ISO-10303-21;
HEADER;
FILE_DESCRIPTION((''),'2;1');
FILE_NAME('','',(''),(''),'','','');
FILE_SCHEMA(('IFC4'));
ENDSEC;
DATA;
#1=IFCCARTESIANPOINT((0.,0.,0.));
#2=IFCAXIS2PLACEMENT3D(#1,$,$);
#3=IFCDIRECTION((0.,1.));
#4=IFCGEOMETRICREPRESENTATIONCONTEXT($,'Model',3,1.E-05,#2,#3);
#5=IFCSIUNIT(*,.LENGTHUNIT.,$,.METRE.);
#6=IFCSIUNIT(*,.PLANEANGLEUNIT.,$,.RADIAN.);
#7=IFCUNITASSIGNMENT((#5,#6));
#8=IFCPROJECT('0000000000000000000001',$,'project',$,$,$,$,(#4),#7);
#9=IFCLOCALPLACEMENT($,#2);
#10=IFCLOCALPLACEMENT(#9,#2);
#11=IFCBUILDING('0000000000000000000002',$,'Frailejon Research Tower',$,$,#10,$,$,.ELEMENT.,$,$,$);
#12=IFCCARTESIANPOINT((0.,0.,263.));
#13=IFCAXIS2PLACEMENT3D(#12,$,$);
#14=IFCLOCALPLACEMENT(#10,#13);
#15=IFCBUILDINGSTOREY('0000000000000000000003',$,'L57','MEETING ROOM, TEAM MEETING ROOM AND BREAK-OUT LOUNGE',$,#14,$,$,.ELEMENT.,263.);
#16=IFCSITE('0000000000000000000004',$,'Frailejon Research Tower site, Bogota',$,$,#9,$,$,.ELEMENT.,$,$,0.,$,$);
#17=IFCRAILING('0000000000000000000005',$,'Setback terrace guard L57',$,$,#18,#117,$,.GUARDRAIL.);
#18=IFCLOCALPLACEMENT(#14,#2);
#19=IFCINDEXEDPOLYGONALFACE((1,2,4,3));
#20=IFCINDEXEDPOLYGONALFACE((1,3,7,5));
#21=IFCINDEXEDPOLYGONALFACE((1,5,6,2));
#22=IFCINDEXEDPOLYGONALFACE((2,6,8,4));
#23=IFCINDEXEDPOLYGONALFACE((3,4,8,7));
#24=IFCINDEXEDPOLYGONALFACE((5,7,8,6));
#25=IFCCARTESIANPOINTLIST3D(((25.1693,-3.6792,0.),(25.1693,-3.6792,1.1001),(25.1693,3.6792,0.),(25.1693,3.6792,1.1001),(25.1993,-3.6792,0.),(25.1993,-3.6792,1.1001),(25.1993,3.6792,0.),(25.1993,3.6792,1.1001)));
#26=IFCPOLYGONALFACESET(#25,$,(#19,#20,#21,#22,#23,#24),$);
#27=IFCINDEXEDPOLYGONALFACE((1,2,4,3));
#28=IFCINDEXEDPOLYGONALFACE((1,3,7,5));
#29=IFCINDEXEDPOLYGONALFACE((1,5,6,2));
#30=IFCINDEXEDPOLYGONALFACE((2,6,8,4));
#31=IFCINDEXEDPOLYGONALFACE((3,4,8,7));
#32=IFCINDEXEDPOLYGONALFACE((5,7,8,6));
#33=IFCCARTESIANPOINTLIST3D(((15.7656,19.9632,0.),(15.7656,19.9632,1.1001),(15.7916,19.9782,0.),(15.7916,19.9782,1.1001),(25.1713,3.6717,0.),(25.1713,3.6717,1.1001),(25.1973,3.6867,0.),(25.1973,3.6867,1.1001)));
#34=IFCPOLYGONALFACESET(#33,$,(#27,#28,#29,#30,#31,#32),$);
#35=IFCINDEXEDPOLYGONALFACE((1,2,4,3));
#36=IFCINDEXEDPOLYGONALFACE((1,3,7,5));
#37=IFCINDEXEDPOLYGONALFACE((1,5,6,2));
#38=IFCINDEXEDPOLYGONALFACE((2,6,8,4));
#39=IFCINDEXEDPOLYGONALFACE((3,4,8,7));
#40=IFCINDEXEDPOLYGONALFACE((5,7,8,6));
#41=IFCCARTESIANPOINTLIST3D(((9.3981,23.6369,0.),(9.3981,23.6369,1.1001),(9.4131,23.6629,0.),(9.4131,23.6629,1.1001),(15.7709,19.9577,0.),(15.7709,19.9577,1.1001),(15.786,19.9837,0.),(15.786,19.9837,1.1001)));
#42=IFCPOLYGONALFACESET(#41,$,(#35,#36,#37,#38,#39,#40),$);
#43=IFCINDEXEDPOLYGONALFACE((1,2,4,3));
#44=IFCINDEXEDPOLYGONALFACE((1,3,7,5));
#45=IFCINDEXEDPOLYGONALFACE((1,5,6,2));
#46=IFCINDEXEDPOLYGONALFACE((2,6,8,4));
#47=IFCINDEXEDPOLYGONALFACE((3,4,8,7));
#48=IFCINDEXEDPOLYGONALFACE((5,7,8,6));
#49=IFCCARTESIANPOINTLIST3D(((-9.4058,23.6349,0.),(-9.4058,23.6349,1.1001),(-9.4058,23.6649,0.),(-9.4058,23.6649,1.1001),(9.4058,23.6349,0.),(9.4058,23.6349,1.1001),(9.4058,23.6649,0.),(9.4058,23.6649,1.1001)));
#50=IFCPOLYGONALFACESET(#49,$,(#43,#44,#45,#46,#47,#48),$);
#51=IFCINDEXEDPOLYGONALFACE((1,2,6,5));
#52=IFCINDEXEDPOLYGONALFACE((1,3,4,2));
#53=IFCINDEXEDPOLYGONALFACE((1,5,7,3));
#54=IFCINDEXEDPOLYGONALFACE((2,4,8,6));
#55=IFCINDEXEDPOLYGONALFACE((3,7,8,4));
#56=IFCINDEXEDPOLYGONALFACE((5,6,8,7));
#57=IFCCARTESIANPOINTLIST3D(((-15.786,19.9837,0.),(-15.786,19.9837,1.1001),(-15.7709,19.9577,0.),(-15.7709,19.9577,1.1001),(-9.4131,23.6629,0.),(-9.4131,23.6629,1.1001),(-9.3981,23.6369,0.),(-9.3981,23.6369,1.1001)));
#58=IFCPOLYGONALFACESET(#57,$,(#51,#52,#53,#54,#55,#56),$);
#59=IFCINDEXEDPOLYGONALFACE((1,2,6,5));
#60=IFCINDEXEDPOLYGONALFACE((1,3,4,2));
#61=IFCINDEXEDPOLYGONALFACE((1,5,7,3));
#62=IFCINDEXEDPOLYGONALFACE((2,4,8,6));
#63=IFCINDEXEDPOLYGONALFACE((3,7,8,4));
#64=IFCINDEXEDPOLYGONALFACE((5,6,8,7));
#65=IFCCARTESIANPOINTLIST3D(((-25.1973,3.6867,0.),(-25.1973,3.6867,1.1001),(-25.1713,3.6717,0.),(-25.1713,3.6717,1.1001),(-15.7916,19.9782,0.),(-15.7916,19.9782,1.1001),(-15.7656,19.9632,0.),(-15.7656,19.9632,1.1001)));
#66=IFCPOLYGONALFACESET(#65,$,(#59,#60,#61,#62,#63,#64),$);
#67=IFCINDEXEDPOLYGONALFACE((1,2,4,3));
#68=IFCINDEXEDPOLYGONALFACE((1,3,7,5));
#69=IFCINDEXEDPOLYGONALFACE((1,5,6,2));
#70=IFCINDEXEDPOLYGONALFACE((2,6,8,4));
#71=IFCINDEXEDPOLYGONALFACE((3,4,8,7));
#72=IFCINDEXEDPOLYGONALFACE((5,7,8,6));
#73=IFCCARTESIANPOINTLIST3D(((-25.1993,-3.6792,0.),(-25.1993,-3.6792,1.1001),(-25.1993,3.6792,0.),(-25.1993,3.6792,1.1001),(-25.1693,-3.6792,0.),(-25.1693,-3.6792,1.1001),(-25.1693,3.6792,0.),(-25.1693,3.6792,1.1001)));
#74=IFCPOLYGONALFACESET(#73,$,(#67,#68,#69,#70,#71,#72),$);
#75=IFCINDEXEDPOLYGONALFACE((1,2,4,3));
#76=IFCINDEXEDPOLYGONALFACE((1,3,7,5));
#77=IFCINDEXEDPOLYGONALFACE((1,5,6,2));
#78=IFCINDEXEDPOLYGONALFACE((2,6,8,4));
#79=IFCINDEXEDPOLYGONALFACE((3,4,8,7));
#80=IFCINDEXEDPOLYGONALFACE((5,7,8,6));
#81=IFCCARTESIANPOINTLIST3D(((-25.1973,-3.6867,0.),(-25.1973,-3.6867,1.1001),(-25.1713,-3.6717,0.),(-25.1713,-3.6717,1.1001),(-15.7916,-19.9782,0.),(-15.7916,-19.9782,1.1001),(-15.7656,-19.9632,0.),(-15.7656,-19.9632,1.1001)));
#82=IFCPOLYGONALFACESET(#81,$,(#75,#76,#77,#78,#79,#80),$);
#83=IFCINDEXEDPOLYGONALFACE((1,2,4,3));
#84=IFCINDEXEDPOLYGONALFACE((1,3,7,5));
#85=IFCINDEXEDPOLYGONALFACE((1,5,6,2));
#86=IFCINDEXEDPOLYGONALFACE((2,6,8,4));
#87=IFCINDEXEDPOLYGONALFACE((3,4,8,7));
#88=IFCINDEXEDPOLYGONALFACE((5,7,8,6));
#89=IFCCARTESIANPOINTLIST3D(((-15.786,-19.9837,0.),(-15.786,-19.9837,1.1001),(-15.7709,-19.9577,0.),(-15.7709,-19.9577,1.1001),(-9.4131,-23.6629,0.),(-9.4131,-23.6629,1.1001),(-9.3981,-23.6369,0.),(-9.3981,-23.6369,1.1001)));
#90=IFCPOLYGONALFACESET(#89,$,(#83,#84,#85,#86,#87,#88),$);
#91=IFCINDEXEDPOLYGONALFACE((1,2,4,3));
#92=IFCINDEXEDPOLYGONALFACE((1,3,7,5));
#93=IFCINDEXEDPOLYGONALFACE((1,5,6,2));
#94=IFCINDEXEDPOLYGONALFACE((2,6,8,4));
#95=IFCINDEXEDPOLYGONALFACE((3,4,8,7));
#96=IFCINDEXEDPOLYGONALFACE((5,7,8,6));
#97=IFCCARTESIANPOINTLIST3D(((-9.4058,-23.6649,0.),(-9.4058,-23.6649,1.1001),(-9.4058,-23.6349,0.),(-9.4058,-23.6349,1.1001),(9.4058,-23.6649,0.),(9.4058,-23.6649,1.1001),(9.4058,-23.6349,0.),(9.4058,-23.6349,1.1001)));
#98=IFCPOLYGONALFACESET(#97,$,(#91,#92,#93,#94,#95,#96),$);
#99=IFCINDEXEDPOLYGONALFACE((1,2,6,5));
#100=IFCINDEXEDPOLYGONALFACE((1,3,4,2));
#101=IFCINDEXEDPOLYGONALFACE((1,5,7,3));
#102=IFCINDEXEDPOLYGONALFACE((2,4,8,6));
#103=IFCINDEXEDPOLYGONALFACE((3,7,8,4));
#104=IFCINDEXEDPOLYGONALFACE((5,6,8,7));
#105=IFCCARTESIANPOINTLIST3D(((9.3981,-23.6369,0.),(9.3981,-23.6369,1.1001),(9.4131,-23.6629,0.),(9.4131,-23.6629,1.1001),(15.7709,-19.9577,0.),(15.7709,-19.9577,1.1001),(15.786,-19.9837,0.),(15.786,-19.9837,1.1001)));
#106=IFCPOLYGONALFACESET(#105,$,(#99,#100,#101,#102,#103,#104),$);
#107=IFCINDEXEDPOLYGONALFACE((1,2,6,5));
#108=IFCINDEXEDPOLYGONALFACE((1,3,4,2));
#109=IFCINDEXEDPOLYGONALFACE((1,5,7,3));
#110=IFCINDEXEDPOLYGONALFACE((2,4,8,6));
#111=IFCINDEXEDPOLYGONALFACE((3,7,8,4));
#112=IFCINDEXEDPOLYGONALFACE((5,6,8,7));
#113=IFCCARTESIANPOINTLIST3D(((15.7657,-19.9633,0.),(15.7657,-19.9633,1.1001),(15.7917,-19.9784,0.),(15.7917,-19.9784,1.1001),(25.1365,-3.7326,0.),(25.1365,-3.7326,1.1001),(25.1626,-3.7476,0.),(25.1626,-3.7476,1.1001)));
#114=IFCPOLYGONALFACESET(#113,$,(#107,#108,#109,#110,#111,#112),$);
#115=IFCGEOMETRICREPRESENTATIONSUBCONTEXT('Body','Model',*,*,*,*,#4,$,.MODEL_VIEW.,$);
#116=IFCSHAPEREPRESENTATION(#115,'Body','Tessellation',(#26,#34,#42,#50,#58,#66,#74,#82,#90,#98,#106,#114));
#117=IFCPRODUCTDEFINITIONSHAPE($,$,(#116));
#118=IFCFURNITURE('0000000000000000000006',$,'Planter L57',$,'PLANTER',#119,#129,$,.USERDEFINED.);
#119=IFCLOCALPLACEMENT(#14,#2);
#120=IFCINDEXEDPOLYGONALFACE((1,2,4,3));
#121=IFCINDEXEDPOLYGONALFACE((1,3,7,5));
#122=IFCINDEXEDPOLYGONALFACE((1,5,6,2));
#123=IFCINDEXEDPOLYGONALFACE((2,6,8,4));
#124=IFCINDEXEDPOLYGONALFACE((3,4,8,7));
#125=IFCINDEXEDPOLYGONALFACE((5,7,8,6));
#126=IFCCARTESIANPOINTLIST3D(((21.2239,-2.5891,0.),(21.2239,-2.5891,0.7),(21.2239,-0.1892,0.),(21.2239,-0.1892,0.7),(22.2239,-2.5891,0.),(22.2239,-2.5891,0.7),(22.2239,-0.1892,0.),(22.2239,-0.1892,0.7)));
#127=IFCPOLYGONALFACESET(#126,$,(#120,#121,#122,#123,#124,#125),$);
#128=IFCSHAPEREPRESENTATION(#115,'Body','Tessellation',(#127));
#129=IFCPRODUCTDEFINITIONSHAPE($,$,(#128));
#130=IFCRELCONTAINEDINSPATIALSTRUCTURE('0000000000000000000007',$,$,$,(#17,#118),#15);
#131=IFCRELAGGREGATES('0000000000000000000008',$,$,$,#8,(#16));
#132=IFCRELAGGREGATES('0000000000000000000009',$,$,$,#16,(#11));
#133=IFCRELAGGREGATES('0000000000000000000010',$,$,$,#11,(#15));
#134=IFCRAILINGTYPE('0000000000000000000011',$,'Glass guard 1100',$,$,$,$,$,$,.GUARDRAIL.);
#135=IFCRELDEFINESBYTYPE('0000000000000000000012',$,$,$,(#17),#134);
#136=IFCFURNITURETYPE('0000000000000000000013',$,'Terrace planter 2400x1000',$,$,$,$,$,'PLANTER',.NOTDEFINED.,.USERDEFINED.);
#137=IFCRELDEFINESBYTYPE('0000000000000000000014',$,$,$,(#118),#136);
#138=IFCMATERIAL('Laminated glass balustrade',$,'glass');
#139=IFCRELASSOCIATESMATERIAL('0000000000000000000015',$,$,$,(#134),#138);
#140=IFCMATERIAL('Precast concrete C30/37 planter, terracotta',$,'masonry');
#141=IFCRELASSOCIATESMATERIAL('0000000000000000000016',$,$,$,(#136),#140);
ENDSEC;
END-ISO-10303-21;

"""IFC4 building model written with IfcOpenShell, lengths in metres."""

from ifc_helpers import new_model, si_unit, direction, frame, origin, origin_2d, place, context, subcontext, project, spatial, rectangle, extrude, material, type_object, element, save


model = new_model("IFC4")

# Units and contexts
model_context = context("Model", 3, precision=1e-05, world=origin(), true_north=direction((0.0, 1.0)))
body_context = subcontext(model_context, "Body", "Model", "MODEL_VIEW")
ifc_project = project(units=[si_unit("LENGTHUNIT", "METRE"), si_unit("PLANEANGLEUNIT", "RADIAN")], contexts=[model_context])

# Site, building, storey
site_placement = place(None, origin())
site = spatial("IfcSite", under=ifc_project, at=site_placement, Name="Frailejon Research Tower site, Bogota", CompositionType="ELEMENT", RefElevation=0.0)
building_placement = place(site_placement, origin())
building = spatial("IfcBuilding", under=site, at=building_placement, Name="Frailejon Research Tower", CompositionType="ELEMENT")
storey_placement = place(building_placement, frame((0.0, 0.0, 263.0)))
storey = spatial("IfcBuildingStorey", under=building, at=storey_placement, Name="L57", Description="MEETING ROOM, TEAM MEETING ROOM AND BREAK-OUT LOUNGE", CompositionType="ELEMENT", Elevation=263.0)

# Railing
ifc_material_1 = material(Name="Laminated glass balustrade", Category="glass")
railing_type = type_object("IfcRailingType", Name="Glass guard 1100", PredefinedType="GUARDRAIL", material=ifc_material_1)
railing_placement = place(storey_placement, frame((25.1843, -3.6792, 0.0)))
element("IfcRailing", 1, at=railing_placement, inside=storey, type_object=railing_type, Name="Setback terrace guard L57", PredefinedType="GUARDRAIL", context=body_context, shape_type="SweptSolid", body=[
    extrude(rectangle(XDim=7.3584, YDim=0.03, at=origin_2d()), frame((0.0, 3.6792, 0.0), z_axis=(0.0, 0.0, 1.0), x_axis=(0.0, 1.0, 0.0)), (0.0, 0.0, 1.0), 1.1001),
    extrude(rectangle(XDim=18.8118, YDim=0.03, at=origin_2d()), frame((-4.7029, 15.5042, 0.0), z_axis=(0.0, 0.0, 1.0), x_axis=(-0.499994, 0.866029, 0.0)), (0.0, 0.0, 1.0), 1.1001),
    extrude(rectangle(XDim=7.3586, YDim=0.03, at=origin_2d()), frame((-12.5923, 25.4895, 0.0), z_axis=(0.0, 0.0, 1.0), x_axis=(-0.866034, 0.499986, 0.0)), (0.0, 0.0, 1.0), 1.1001),
    extrude(rectangle(XDim=18.8115, YDim=0.03, at=origin_2d()), frame((-25.1843, 27.3291, 0.0), z_axis=(0.0, 0.0, 1.0), x_axis=(-1.0, 0.0, 0.0)), (0.0, 0.0, 1.0), 1.1001),
    extrude(rectangle(XDim=7.3586, YDim=0.03, at=origin_2d()), frame((-37.7764, 25.4895, 0.0), z_axis=(0.0, 0.0, 1.0), x_axis=(-0.866034, -0.499986, 0.0)), (0.0, 0.0, 1.0), 1.1001),
    extrude(rectangle(XDim=18.8118, YDim=0.03, at=origin_2d()), frame((-45.6658, 15.5042, 0.0), z_axis=(0.0, 0.0, 1.0), x_axis=(-0.499994, -0.866029, 0.0)), (0.0, 0.0, 1.0), 1.1001),
    extrude(rectangle(XDim=7.3584, YDim=0.03, at=origin_2d()), frame((-50.3687, 3.6792, 0.0), z_axis=(0.0, 0.0, 1.0), x_axis=(0.0, -1.0, 0.0)), (0.0, 0.0, 1.0), 1.1001),
    extrude(rectangle(XDim=18.8118, YDim=0.03, at=origin_2d()), frame((-45.6658, -8.1458, 0.0), z_axis=(0.0, 0.0, 1.0), x_axis=(0.499994, -0.866029, 0.0)), (0.0, 0.0, 1.0), 1.1001),
    extrude(rectangle(XDim=7.3586, YDim=0.03, at=origin_2d()), frame((-37.7764, -18.1311, 0.0), z_axis=(0.0, 0.0, 1.0), x_axis=(0.866034, -0.499986, 0.0)), (0.0, 0.0, 1.0), 1.1001),
    extrude(rectangle(XDim=18.8115, YDim=0.03, at=origin_2d()), frame((-25.1843, -19.9707, 0.0), z_axis=(0.0, 0.0, 1.0), x_axis=(1.0, 0.0, 0.0)), (0.0, 0.0, 1.0), 1.1001),
    extrude(rectangle(XDim=7.3586, YDim=0.03, at=origin_2d()), frame((-12.5923, -18.1311, 0.0), z_axis=(0.0, 0.0, 1.0), x_axis=(0.866034, 0.499986, 0.0)), (0.0, 0.0, 1.0), 1.1001),
    extrude(rectangle(XDim=18.7417, YDim=0.03, at=origin_2d()), frame((-4.7202, -8.1763, 0.0), z_axis=(0.0, 0.0, 1.0), x_axis=(0.500002, 0.866024, 0.0)), (0.0, 0.0, 1.0), 1.1001),
])

# Furniture
ifc_material_2 = material(Name="Precast concrete C30/37 planter, terracotta", Category="masonry")
furniture_type = type_object("IfcFurnitureType", Name="Terrace planter 2400x1000", ElementType="PLANTER", AssemblyPlace="NOTDEFINED", PredefinedType="USERDEFINED", material=ifc_material_2)
furniture_placement = place(storey_placement, frame((21.7239, -1.3892, 0.0), z_axis=(0.0, 0.0, 1.0), x_axis=(0.0, 1.0, 0.0)))
element("IfcFurniture", 2, at=furniture_placement, inside=storey, type_object=furniture_type, Name="Planter L57", ObjectType="PLANTER", PredefinedType="USERDEFINED", context=body_context, shape_type="SweptSolid", body=[
    extrude(rectangle(XDim=2.3999, YDim=1.0, at=origin_2d()), origin(), (0.0, 0.0, 1.0), 0.7),
])

save(model, "model.ifc")
